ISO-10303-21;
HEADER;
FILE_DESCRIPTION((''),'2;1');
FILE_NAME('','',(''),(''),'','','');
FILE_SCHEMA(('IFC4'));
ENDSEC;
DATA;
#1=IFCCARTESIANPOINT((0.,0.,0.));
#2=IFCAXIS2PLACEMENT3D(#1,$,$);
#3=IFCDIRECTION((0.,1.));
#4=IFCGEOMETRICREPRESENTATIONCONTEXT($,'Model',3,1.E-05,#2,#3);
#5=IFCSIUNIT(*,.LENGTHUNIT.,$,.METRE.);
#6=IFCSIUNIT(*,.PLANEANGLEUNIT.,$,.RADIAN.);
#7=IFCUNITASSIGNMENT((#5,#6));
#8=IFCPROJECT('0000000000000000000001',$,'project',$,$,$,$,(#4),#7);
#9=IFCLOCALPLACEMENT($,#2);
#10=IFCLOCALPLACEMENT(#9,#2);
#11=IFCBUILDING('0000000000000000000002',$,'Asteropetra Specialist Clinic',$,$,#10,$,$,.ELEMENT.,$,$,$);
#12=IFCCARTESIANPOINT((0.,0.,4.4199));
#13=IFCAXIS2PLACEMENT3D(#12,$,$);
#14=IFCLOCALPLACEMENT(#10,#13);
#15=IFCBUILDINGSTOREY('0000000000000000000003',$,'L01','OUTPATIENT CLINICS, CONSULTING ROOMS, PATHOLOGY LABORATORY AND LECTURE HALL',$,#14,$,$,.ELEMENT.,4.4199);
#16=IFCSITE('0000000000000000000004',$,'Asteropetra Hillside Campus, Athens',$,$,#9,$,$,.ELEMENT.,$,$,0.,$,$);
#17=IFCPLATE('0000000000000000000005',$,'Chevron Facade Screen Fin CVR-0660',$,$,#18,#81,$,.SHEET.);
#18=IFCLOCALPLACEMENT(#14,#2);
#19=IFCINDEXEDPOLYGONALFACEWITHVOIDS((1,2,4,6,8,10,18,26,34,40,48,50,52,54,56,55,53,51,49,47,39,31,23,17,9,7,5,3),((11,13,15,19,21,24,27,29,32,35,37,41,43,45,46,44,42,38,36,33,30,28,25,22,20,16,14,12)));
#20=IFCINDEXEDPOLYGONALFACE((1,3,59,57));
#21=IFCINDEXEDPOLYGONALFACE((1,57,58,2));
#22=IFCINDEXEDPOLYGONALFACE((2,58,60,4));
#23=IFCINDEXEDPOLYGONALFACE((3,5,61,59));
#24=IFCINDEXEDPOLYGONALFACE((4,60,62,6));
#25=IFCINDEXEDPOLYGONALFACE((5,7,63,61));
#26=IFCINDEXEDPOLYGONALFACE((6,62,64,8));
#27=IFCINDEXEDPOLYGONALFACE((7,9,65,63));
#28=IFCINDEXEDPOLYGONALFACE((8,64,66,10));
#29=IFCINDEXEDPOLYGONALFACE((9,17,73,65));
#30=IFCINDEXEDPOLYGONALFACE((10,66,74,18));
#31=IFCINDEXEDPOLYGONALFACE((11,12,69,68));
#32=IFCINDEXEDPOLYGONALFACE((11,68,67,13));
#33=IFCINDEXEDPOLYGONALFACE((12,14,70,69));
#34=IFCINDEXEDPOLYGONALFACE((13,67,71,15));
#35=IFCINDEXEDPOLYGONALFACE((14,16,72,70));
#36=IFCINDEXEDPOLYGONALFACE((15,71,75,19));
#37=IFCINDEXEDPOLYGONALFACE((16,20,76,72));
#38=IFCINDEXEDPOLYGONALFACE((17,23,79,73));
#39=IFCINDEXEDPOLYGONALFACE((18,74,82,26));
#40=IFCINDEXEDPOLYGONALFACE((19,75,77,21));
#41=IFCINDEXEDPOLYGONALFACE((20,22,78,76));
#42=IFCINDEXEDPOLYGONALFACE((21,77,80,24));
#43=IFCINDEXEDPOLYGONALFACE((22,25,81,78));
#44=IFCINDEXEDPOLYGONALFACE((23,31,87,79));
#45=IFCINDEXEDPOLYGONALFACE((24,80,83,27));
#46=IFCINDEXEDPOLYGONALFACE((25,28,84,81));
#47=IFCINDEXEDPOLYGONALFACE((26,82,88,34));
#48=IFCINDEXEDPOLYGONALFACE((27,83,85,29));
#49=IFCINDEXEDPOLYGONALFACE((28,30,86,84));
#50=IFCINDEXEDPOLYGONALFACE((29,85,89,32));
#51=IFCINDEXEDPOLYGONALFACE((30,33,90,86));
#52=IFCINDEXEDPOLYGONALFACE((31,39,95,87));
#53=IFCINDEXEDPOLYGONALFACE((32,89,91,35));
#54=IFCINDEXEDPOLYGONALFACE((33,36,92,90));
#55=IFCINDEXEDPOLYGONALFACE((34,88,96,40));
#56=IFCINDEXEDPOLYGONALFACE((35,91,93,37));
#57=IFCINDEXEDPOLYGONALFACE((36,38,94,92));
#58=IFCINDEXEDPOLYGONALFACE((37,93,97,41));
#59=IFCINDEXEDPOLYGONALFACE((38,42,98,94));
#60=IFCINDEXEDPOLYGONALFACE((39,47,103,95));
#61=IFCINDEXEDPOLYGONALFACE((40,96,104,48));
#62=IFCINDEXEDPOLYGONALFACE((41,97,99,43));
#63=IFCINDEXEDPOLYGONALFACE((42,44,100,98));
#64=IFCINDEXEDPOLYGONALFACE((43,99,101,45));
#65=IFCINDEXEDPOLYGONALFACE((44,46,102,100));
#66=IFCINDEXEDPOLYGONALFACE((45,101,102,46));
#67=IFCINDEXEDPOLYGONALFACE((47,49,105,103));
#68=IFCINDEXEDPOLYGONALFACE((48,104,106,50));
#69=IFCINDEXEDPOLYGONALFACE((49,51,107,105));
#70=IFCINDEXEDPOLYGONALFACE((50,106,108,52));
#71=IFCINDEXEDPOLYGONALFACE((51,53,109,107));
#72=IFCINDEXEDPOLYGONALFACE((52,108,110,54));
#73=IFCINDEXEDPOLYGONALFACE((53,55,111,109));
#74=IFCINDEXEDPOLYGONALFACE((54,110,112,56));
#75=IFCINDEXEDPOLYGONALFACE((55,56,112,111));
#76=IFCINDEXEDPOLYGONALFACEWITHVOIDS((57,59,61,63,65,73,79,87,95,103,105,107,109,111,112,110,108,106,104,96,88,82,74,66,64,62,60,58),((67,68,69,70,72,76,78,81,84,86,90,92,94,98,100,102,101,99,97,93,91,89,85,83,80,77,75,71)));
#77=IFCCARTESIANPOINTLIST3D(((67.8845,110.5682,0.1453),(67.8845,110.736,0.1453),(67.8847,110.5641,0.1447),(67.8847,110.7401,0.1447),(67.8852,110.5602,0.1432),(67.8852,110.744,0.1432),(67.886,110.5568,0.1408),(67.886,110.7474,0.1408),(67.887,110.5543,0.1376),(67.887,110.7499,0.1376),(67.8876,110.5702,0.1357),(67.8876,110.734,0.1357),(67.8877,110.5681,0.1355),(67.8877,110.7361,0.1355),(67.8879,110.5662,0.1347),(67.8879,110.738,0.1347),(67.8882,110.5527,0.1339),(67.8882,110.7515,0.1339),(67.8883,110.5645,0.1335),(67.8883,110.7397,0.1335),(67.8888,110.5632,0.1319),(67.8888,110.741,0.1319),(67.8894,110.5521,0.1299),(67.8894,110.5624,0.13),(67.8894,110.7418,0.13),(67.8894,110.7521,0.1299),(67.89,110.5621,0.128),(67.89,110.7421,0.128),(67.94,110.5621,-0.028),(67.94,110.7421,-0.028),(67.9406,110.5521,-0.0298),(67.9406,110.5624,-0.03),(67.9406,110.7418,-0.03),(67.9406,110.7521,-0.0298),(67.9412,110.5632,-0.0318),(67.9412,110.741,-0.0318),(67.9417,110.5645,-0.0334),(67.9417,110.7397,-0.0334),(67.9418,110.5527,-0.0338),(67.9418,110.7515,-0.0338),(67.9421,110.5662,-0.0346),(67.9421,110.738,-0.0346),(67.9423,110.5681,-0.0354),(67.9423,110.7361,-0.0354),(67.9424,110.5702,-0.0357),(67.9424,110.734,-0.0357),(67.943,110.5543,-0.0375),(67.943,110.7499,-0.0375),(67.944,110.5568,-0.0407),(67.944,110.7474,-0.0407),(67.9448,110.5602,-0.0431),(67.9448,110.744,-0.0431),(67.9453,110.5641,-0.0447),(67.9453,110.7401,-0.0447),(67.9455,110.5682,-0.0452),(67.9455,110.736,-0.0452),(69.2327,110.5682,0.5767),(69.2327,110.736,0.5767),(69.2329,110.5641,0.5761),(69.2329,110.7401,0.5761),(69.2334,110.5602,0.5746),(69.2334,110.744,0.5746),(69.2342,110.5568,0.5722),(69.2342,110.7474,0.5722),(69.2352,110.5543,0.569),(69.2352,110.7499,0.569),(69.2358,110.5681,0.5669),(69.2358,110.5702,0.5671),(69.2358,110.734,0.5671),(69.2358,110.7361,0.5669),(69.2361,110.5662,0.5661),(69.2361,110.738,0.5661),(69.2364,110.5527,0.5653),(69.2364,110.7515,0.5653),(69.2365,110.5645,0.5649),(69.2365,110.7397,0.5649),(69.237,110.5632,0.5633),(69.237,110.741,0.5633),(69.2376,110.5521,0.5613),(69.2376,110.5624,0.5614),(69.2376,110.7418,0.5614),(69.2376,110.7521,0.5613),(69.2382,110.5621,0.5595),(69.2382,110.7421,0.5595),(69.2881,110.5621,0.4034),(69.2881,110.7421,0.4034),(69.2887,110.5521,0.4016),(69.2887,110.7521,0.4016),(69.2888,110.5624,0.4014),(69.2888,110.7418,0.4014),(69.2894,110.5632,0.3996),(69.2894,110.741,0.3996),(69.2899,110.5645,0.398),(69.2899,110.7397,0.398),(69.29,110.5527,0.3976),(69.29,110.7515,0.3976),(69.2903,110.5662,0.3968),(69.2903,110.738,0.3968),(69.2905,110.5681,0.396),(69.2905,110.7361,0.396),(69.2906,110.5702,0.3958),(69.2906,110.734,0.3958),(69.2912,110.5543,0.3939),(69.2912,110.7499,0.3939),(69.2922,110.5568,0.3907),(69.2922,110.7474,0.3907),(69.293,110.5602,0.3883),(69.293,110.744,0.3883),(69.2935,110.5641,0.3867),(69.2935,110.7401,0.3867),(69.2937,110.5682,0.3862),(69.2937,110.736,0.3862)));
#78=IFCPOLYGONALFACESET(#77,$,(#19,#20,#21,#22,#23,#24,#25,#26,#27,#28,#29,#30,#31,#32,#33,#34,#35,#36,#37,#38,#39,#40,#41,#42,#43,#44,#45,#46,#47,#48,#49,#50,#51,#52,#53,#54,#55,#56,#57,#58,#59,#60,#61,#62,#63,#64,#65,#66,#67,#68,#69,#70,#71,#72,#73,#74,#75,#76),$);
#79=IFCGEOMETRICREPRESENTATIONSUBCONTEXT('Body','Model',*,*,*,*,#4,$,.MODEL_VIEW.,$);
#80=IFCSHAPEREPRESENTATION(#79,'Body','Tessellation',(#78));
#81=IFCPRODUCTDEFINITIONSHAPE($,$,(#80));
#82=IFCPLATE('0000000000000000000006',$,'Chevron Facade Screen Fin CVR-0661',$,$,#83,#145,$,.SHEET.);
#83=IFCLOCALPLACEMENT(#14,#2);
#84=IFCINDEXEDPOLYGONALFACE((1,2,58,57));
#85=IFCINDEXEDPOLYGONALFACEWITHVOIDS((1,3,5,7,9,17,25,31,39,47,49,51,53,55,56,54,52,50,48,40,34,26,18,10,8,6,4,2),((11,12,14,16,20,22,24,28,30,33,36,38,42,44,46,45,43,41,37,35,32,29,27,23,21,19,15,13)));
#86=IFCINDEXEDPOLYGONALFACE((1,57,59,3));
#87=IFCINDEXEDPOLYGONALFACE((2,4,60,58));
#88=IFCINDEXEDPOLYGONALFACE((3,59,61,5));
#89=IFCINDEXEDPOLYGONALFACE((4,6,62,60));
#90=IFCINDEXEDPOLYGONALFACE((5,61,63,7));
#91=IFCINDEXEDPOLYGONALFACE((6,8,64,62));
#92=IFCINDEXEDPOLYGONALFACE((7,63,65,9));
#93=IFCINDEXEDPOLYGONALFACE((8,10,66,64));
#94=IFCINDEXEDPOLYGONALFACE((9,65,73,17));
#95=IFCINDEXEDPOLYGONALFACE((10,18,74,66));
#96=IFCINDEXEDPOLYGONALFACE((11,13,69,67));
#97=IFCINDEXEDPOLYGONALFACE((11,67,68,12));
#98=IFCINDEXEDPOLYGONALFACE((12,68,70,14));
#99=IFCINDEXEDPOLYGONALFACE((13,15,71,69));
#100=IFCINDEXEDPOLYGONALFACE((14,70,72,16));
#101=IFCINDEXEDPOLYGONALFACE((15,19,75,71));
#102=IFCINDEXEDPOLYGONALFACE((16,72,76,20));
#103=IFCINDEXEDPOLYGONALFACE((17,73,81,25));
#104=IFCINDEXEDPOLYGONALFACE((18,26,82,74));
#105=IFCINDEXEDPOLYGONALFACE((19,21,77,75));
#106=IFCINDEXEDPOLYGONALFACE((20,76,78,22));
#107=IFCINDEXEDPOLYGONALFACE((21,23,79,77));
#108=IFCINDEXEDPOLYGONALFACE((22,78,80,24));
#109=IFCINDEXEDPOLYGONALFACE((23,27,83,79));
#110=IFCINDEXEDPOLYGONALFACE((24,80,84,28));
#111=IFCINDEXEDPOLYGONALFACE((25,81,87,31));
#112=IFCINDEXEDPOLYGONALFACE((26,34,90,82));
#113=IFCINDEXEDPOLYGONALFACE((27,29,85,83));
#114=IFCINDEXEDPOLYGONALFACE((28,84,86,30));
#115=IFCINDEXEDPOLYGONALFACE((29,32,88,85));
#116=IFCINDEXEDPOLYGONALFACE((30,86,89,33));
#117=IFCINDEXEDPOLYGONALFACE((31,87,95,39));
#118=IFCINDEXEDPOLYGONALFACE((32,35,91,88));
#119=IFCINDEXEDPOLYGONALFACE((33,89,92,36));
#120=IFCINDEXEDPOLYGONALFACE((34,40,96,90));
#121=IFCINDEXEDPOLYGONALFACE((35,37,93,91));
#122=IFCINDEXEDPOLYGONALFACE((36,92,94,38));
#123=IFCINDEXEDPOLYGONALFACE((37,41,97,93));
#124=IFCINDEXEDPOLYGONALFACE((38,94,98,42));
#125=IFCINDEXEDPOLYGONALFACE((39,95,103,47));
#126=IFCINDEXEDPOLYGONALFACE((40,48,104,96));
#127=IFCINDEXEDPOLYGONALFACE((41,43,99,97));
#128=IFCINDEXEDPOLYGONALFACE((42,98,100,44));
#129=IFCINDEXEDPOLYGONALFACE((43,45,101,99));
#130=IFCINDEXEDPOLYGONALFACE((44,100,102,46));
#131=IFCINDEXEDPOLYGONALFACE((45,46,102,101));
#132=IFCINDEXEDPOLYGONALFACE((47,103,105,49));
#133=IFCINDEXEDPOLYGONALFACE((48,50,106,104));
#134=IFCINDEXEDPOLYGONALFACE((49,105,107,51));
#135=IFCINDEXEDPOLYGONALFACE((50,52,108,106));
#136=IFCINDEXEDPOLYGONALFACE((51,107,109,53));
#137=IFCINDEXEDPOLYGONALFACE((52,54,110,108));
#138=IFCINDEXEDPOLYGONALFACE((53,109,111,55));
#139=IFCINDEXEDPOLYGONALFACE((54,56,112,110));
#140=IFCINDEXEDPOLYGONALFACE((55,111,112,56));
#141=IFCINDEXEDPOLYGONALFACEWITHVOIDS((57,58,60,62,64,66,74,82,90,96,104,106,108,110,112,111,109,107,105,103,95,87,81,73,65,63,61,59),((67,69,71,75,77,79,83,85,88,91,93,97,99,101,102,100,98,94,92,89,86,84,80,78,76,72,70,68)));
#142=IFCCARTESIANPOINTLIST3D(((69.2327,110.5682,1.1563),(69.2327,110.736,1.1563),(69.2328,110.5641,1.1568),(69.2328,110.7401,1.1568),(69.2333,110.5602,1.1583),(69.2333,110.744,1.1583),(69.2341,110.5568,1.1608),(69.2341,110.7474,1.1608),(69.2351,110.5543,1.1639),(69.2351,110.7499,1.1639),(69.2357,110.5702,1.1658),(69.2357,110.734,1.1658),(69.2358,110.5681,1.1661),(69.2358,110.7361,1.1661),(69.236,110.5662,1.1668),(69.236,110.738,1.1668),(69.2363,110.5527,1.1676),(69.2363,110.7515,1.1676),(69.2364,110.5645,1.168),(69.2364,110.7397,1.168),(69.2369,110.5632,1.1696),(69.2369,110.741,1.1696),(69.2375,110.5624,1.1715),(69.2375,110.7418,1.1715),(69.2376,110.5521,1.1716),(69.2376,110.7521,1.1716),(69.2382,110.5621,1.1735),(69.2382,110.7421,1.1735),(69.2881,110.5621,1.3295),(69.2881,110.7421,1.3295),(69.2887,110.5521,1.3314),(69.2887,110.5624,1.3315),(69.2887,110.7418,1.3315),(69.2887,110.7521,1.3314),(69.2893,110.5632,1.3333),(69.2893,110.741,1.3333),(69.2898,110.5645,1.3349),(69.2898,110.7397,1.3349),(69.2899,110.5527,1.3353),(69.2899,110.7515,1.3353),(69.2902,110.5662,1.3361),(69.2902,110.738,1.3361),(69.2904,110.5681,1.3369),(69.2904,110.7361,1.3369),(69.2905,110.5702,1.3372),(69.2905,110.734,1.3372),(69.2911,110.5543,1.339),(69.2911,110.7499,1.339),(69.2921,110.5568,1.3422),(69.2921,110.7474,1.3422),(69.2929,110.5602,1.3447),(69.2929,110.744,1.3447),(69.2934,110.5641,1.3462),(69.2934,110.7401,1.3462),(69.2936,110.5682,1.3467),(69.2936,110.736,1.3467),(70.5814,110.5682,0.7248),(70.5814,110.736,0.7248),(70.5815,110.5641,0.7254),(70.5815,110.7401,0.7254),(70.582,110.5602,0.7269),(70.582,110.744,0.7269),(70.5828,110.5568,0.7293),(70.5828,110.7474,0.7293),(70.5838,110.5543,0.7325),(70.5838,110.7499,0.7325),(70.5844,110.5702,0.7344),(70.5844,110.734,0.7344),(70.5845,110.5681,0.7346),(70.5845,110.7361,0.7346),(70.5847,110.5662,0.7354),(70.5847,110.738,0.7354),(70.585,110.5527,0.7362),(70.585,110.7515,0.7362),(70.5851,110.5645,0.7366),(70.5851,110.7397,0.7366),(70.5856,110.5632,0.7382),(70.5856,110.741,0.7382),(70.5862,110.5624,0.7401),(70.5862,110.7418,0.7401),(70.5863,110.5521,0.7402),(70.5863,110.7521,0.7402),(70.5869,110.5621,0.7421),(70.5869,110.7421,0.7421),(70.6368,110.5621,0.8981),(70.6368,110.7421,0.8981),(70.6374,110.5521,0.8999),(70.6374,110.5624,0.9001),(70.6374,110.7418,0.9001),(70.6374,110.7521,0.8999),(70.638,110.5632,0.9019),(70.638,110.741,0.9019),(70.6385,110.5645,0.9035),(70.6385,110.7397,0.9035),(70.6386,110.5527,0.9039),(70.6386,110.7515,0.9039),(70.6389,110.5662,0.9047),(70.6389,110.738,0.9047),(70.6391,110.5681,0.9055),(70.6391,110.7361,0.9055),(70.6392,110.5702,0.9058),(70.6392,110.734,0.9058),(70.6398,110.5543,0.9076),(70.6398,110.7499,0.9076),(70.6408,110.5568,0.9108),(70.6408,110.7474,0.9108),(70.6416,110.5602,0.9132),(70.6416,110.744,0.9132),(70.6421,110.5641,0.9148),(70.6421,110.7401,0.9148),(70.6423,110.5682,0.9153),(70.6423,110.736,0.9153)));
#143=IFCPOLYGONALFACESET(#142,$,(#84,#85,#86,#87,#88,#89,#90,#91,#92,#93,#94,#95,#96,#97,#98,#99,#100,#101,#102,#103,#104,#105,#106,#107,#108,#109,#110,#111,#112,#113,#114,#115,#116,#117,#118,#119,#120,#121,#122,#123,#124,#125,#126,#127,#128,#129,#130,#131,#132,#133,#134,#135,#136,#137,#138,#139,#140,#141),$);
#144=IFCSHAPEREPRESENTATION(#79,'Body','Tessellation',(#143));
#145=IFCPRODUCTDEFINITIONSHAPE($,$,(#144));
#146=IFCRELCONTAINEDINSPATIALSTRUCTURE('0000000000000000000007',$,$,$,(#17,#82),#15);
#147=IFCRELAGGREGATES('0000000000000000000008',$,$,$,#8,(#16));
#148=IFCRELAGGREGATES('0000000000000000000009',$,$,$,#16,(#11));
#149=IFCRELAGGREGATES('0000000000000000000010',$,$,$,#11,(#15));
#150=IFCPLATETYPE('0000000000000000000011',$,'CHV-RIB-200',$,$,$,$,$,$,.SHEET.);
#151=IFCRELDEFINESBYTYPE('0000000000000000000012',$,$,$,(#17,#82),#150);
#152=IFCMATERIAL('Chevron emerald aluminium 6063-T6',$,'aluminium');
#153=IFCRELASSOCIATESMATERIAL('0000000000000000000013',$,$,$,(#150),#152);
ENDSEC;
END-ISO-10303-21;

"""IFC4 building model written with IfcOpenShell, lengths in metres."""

from ifc_helpers import new_model, si_unit, direction, frame, origin, origin_2d, place, context, subcontext, project, spatial, hollow_rectangle, extrude, material, material_profile, profile_set, type_object, element, save


model = new_model("IFC4")

# Units and contexts
model_context = context("Model", 3, precision=1e-05, world=origin(), true_north=direction((0.0, 1.0)))
body_context = subcontext(model_context, "Body", "Model", "MODEL_VIEW")
ifc_project = project(units=[si_unit("LENGTHUNIT", "METRE"), si_unit("PLANEANGLEUNIT", "RADIAN")], contexts=[model_context])

# Site, building, storey
site_placement = place(None, origin())
site = spatial("IfcSite", under=ifc_project, at=site_placement, Name="Asteropetra Hillside Campus, Athens", CompositionType="ELEMENT", RefElevation=0.0)
building_placement = place(site_placement, origin())
building = spatial("IfcBuilding", under=site, at=building_placement, Name="Asteropetra Specialist Clinic", CompositionType="ELEMENT")
storey_placement = place(building_placement, frame((0.0, 0.0, 4.4199)))
storey = spatial("IfcBuildingStorey", under=building, at=storey_placement, Name="L01", Description="OUTPATIENT CLINICS, CONSULTING ROOMS, PATHOLOGY LABORATORY AND LECTURE HALL", CompositionType="ELEMENT", Elevation=4.4199)

# Plates
ifc_material_1 = material(Name="Chevron emerald aluminium 6063-T6", Category="aluminium")
ifc_material_profile_1 = material_profile(ifc_material_1, hollow_rectangle(XDim=0.2, YDim=0.2, WallThickness=0.01, InnerFilletRadius=0.0081, OuterFilletRadius=0.0161, at=origin_2d()), Name="SHS 200x200x10.0")
ifc_profile_set_1 = profile_set([ifc_material_profile_1], Name="Chevron emerald aluminium 6063-T6")
plate_type_1 = type_object("IfcPlateType", Name="CHV-RIB-200", PredefinedType="SHEET", material=ifc_profile_set_1)
plate_1_placement = place(storey_placement, frame((69.2632, 110.6521, 0.4814), z_axis=(-0.952426, 0.0, -0.304769), x_axis=(0.0, -1.0, 0.0)))
element("IfcPlate", 1, at=plate_1_placement, inside=storey, type_object=plate_type_1, Name="Chevron Facade Screen Fin CVR-0660", PredefinedType="SHEET", context=body_context, shape_type="SweptSolid", body=[
    extrude(hollow_rectangle(XDim=0.2, YDim=0.2, WallThickness=0.01, InnerFilletRadius=0.0081, OuterFilletRadius=0.0161, at=origin_2d()), origin(), (0.0, 0.0, 1.0), 1.4155),
])
plate_2_placement = place(storey_placement, frame((70.6118, 110.6521, 0.8201), z_axis=(-0.952458, 0.0, 0.304669), x_axis=(0.0, -1.0, 0.0)))
element("IfcPlate", 2, at=plate_2_placement, inside=storey, type_object=plate_type_1, Name="Chevron Facade Screen Fin CVR-0661", PredefinedType="SHEET", context=body_context, shape_type="SweptSolid", body=[
    extrude(hollow_rectangle(XDim=0.2, YDim=0.2, WallThickness=0.01, InnerFilletRadius=0.0081, OuterFilletRadius=0.0161, at=origin_2d()), origin(), (0.0, 0.0, 1.0), 1.416),
])

save(model, "model.ifc")
